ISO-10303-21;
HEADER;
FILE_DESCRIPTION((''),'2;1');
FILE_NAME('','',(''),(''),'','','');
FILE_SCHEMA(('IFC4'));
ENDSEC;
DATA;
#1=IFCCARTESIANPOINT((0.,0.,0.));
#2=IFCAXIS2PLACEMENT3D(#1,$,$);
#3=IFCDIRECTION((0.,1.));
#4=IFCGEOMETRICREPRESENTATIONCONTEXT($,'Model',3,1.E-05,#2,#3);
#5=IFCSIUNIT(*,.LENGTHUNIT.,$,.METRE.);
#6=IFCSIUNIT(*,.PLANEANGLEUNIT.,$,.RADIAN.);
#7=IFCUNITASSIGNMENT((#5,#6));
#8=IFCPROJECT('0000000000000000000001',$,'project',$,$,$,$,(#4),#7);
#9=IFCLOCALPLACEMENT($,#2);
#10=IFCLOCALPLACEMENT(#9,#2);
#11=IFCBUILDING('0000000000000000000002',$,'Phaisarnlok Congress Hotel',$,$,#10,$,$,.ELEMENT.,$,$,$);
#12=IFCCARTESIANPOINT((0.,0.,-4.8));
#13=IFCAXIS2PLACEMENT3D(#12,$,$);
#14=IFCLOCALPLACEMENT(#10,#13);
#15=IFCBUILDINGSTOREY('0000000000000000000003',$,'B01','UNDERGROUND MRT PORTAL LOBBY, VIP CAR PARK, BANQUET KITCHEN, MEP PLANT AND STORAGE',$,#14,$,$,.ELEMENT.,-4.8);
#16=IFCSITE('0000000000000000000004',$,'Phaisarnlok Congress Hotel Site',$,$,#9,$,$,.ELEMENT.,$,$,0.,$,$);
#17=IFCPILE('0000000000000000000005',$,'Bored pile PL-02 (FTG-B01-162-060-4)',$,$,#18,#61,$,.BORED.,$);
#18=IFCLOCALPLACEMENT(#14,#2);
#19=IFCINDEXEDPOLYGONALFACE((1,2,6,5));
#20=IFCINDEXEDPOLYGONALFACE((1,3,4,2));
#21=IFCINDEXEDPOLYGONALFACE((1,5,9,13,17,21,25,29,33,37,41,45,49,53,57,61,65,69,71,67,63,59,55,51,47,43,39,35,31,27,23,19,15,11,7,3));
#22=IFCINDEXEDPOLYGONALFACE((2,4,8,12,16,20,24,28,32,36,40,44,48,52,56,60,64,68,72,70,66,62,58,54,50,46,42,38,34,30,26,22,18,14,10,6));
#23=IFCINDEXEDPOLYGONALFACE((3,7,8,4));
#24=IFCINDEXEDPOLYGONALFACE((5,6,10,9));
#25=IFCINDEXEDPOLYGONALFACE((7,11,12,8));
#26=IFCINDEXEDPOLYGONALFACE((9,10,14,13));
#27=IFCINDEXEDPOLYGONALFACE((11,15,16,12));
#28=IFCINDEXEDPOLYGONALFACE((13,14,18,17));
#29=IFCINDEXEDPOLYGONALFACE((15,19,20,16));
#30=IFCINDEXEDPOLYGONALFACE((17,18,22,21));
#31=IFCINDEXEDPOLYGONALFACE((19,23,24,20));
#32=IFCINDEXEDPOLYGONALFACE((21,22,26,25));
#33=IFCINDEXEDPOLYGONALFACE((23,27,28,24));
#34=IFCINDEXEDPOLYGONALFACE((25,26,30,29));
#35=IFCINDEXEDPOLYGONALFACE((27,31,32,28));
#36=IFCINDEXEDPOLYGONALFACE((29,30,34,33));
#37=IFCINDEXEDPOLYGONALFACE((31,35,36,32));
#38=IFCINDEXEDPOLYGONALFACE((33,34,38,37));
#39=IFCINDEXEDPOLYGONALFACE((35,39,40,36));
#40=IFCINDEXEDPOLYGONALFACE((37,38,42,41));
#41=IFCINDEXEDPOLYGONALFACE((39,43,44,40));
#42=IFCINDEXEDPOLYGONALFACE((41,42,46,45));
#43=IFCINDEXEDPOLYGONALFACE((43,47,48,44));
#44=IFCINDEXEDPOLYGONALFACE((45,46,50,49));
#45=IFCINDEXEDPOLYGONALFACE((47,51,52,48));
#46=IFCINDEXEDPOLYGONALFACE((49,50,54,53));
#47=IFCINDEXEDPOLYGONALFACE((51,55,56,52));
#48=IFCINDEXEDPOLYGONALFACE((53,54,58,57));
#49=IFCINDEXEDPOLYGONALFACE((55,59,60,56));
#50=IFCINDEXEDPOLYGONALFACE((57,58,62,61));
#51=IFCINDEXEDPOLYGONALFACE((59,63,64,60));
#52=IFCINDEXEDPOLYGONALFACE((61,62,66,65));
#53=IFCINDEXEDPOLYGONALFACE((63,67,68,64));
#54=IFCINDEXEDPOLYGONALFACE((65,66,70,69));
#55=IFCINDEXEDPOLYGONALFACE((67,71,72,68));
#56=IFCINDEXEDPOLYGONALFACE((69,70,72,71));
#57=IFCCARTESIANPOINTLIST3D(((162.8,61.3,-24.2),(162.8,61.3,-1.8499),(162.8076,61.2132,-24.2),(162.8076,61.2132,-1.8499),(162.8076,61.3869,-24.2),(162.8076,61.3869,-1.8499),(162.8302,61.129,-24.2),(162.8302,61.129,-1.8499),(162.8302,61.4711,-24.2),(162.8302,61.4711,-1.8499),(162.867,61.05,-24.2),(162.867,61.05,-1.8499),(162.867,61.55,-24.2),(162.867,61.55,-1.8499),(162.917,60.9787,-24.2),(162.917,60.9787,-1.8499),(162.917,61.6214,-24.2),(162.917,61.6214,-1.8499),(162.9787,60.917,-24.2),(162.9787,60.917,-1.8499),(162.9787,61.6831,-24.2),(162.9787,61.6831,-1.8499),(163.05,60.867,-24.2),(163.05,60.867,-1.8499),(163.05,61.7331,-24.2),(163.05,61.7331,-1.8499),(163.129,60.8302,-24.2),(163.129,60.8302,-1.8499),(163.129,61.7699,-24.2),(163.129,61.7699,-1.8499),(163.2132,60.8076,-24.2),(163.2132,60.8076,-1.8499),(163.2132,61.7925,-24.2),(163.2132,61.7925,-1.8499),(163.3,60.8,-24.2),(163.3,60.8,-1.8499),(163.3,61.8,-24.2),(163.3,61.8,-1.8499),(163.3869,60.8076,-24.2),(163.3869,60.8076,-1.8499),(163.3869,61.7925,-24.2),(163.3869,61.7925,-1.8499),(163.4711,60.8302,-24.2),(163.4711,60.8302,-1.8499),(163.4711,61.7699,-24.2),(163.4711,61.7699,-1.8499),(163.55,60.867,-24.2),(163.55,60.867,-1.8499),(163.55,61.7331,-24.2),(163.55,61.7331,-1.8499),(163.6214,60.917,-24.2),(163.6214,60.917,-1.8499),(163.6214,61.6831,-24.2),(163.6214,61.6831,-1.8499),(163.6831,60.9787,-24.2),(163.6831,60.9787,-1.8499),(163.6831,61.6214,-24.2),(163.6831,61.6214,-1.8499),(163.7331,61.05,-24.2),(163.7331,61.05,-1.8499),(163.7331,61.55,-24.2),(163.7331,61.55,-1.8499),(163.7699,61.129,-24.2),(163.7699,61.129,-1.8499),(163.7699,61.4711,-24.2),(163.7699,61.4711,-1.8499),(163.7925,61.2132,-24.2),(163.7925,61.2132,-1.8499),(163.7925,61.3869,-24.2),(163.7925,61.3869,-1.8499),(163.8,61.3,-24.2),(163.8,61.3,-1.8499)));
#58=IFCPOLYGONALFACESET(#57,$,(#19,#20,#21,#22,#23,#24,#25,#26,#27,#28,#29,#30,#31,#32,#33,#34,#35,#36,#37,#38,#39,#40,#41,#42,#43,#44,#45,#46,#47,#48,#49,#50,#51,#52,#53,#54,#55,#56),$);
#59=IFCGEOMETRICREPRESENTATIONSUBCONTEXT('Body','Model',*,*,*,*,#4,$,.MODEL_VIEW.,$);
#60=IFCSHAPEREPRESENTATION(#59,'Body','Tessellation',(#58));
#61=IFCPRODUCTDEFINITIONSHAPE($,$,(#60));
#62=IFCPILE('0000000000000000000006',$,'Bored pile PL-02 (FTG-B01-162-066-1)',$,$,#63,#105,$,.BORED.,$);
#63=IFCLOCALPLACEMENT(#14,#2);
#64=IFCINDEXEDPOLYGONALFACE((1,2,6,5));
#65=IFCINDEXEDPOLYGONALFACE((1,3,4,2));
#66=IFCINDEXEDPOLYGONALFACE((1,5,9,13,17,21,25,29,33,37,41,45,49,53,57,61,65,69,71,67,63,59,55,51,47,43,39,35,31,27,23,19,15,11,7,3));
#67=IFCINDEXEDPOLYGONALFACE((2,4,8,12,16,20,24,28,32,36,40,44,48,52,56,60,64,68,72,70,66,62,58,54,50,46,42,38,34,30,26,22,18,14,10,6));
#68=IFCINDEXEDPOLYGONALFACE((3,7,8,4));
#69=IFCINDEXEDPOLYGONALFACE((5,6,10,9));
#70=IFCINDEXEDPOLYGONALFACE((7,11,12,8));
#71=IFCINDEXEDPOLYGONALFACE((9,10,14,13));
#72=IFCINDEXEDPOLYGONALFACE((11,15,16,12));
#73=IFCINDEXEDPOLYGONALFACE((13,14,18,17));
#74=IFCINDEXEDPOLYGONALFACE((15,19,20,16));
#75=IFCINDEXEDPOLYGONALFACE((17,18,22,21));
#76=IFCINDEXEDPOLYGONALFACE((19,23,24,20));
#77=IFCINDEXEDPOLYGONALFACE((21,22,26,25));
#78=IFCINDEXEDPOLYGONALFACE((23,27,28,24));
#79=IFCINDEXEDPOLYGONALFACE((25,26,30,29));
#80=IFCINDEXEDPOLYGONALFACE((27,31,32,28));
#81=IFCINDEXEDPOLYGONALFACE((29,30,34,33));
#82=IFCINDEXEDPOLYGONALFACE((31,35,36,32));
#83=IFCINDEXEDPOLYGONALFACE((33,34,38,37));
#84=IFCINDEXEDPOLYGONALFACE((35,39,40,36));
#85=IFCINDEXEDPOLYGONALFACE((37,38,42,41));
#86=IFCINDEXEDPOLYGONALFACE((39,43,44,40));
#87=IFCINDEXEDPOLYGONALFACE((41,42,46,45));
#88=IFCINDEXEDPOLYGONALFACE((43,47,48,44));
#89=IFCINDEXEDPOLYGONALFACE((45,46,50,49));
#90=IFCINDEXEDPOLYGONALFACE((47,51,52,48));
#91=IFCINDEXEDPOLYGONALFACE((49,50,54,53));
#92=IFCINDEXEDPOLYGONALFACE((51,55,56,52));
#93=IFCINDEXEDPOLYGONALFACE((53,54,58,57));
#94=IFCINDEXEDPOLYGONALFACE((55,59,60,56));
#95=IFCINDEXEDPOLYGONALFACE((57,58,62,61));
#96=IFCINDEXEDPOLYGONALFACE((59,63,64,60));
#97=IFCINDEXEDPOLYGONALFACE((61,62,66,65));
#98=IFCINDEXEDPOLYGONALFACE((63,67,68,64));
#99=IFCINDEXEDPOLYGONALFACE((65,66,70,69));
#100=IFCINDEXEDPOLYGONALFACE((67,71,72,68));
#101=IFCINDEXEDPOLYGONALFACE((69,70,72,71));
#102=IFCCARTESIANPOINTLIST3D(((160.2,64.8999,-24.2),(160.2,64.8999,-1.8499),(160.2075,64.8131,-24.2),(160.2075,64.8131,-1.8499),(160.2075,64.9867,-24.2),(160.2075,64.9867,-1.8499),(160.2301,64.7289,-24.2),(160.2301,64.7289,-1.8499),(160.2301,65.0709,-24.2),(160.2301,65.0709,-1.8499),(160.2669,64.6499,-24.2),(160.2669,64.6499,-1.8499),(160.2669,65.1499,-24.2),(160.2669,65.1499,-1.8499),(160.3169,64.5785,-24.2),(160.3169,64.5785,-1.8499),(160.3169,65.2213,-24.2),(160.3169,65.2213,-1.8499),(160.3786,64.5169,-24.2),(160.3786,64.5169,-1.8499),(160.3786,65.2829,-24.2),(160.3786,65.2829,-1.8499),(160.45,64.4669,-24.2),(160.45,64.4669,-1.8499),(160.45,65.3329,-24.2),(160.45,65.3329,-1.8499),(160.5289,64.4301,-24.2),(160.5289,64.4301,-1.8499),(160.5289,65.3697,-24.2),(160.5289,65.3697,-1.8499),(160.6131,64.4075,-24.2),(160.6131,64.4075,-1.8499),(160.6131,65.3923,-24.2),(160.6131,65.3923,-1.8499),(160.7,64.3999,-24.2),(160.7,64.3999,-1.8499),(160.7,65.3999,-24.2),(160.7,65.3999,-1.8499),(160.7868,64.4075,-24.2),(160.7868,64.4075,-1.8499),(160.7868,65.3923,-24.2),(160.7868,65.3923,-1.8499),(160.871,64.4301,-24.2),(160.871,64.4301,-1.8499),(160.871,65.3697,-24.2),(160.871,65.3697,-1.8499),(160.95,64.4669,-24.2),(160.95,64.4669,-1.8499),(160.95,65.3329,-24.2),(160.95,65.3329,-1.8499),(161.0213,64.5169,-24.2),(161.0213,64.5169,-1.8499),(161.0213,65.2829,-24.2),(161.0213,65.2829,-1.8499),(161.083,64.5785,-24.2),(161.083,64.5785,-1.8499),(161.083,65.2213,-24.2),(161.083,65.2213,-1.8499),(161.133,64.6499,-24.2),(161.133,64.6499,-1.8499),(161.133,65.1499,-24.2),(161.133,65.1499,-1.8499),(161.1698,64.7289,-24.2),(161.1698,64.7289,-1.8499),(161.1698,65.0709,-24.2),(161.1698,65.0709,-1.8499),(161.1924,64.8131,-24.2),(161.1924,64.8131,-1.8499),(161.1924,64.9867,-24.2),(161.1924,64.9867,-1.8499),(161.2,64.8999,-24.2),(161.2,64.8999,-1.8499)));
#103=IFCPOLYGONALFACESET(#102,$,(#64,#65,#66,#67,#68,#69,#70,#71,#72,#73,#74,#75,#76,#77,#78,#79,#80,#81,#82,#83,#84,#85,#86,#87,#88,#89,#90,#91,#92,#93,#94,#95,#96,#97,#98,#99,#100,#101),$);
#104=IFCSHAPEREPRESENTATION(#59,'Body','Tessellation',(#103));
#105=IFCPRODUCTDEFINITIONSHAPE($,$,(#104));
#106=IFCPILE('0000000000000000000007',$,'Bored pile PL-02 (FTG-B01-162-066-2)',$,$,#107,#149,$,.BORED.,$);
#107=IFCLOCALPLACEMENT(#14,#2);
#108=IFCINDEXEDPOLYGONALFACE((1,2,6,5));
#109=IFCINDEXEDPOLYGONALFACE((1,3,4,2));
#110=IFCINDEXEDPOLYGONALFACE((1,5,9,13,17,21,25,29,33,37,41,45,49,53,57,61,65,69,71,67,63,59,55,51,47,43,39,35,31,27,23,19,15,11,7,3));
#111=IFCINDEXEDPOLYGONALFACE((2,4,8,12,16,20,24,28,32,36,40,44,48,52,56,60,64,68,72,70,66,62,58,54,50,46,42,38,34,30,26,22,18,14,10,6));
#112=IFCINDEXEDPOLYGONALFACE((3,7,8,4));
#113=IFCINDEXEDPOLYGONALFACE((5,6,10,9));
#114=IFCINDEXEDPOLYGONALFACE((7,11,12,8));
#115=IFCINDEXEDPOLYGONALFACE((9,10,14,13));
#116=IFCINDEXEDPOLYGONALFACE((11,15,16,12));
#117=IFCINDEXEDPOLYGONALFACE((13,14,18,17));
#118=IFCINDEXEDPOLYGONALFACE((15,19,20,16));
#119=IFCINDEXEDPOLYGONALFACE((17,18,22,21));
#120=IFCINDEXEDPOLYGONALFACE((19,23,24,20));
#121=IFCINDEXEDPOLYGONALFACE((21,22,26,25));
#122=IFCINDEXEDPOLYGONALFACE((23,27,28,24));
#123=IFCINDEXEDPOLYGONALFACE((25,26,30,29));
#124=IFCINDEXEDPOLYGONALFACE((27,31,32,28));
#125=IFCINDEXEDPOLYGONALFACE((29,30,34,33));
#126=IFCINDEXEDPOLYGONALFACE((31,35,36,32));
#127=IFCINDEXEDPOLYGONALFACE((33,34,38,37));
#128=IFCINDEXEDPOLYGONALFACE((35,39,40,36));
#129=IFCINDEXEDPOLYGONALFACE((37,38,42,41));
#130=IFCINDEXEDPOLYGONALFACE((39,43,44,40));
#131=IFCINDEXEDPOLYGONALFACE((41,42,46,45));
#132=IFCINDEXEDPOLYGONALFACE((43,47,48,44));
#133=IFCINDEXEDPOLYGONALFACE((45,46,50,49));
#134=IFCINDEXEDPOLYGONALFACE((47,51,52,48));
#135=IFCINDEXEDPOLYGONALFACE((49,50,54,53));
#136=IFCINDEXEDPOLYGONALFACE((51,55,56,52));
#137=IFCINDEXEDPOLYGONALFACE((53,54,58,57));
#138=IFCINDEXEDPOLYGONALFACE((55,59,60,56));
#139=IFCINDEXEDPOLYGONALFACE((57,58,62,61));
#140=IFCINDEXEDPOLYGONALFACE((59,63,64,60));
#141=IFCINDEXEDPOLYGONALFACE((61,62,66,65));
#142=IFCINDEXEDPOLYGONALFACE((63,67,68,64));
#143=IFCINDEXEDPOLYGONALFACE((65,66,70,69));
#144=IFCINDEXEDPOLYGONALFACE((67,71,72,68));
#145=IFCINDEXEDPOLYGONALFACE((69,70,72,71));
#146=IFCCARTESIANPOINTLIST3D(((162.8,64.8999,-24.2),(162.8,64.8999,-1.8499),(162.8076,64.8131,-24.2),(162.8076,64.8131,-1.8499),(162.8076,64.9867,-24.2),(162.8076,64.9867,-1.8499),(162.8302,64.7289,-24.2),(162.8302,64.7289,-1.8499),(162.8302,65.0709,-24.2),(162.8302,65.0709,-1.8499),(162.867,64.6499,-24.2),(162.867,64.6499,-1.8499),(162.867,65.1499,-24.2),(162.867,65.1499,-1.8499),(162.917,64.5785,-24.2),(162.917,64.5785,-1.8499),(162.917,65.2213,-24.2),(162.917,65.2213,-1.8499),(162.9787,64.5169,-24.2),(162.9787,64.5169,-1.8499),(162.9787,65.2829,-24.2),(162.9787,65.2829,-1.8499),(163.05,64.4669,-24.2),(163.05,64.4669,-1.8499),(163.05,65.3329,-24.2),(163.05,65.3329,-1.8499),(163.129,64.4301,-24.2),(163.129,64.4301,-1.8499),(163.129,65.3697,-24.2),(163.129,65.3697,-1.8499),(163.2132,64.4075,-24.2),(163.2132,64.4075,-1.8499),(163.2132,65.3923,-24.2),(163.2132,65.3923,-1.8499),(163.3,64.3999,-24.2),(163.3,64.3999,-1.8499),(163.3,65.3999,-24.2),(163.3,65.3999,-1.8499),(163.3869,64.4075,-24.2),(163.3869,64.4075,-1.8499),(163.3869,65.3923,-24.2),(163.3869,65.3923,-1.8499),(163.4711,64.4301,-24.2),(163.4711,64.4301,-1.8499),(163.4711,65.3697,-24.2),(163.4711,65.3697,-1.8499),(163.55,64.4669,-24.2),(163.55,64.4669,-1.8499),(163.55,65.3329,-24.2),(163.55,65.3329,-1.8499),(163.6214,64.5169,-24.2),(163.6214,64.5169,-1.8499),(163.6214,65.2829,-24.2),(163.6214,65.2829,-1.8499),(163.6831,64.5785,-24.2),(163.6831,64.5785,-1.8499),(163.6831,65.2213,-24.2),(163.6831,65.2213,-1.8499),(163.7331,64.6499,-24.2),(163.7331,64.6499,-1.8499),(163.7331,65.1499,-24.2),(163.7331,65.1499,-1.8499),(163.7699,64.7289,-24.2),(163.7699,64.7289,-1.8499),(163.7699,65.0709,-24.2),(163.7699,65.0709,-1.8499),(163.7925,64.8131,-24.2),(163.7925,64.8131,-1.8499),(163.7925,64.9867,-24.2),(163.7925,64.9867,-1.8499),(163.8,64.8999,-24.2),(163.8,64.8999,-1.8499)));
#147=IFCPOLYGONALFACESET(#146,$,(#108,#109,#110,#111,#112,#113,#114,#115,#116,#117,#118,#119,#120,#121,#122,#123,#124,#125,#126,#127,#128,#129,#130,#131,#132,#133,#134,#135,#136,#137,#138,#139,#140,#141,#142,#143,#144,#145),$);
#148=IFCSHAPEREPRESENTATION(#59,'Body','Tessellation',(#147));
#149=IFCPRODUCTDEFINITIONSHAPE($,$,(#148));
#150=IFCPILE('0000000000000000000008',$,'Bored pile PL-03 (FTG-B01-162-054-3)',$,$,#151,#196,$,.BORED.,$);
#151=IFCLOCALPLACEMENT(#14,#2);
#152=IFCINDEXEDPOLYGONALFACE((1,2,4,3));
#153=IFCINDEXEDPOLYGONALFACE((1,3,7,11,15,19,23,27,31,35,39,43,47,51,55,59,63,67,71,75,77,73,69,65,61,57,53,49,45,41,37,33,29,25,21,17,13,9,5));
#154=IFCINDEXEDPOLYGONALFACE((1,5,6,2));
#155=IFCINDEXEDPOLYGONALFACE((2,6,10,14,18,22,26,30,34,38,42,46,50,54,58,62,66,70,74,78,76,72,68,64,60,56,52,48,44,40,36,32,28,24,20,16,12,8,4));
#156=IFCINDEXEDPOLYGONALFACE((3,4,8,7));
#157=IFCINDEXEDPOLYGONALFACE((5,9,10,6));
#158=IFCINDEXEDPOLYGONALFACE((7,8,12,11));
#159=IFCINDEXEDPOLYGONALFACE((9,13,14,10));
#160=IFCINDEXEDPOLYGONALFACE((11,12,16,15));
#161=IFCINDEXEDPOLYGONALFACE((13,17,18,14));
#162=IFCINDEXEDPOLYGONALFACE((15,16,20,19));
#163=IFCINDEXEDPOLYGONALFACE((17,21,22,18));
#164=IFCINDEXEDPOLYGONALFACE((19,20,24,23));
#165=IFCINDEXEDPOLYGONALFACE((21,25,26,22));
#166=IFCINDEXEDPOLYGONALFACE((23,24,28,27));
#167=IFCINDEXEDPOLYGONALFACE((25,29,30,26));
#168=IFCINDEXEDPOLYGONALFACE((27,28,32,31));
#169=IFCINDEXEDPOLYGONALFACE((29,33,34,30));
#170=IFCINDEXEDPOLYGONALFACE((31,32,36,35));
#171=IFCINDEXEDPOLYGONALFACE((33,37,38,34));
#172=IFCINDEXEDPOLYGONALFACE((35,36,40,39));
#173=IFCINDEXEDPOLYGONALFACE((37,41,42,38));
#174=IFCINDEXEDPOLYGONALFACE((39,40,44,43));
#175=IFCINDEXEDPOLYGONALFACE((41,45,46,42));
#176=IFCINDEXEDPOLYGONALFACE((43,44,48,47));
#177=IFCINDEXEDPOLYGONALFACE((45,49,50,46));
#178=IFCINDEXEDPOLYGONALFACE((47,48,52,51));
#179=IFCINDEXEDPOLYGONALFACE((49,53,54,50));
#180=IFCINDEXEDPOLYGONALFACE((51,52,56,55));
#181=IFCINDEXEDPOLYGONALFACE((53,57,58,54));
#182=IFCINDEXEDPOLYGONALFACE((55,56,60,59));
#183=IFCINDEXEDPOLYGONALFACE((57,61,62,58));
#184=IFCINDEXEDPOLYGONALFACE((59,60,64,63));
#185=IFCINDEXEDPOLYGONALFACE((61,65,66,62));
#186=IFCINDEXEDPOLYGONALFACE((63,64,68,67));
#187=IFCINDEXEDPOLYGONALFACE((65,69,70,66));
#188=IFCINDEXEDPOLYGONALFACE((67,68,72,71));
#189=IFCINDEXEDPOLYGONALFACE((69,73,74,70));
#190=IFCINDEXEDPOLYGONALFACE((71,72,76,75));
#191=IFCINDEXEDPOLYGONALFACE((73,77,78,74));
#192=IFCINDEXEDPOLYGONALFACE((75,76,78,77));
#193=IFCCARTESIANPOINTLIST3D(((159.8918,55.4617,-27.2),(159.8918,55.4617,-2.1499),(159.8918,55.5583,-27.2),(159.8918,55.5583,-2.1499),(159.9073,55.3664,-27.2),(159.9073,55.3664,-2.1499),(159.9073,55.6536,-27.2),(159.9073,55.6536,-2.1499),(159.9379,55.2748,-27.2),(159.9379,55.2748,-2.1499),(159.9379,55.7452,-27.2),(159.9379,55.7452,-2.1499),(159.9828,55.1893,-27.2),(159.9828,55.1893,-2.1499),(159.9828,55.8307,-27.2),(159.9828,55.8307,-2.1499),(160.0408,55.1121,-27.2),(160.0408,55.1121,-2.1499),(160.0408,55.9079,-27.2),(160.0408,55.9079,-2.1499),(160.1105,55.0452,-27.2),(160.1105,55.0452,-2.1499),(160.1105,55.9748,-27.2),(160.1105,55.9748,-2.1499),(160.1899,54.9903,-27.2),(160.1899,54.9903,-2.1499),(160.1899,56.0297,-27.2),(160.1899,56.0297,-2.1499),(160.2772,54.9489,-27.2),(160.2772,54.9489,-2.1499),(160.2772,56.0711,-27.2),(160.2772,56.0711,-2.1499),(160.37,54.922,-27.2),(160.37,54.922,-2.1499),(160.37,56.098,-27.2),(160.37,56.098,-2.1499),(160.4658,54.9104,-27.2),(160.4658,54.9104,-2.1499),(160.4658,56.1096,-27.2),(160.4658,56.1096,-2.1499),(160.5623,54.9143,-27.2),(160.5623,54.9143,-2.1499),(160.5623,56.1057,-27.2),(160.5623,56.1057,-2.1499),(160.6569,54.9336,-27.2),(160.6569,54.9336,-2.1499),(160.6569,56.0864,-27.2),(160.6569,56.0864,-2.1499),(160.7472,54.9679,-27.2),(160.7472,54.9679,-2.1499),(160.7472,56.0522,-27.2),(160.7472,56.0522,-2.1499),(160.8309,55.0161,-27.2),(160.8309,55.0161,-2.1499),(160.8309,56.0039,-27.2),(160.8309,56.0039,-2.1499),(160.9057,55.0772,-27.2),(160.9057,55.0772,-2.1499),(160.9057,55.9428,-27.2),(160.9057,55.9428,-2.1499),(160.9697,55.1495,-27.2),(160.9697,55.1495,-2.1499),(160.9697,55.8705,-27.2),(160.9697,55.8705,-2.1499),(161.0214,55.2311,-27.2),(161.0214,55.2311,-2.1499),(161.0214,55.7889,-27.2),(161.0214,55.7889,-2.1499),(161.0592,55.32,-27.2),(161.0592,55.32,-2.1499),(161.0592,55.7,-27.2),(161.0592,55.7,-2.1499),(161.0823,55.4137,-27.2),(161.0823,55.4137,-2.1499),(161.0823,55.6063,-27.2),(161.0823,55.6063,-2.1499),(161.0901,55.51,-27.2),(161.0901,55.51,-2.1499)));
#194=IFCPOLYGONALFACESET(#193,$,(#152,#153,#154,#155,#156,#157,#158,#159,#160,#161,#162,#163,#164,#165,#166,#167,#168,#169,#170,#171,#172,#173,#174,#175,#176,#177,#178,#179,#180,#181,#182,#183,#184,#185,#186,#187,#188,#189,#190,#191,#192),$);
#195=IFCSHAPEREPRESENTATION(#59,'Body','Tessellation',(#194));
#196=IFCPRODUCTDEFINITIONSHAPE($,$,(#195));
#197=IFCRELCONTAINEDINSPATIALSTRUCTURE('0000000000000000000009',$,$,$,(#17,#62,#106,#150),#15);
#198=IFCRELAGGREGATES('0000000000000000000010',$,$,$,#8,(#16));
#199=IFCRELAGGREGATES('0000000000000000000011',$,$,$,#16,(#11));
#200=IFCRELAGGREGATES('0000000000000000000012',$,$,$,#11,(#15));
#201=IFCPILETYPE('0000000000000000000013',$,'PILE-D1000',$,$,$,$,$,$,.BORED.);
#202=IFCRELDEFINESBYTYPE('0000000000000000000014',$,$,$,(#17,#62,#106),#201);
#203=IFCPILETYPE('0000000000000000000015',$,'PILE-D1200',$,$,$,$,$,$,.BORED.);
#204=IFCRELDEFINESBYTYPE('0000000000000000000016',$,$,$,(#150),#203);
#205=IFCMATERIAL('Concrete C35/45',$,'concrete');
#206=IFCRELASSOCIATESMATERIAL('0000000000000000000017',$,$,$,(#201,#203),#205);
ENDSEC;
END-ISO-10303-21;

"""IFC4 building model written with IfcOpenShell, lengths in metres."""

from ifc_helpers import new_model, si_unit, direction, frame, origin, origin_2d, place, context, subcontext, project, spatial, circle, extrude, material, material_profile, profile_set, type_object, element, save


model = new_model("IFC4")

# Units and contexts
model_context = context("Model", 3, precision=1e-05, world=origin(), true_north=direction((0.0, 1.0)))
body_context = subcontext(model_context, "Body", "Model", "MODEL_VIEW")
ifc_project = project(units=[si_unit("LENGTHUNIT", "METRE"), si_unit("PLANEANGLEUNIT", "RADIAN")], contexts=[model_context])

# Site, building, storey
site_placement = place(None, origin())
site = spatial("IfcSite", under=ifc_project, at=site_placement, Name="Phaisarnlok Congress Hotel Site", CompositionType="ELEMENT", RefElevation=0.0)
building_placement = place(site_placement, origin())
building = spatial("IfcBuilding", under=site, at=building_placement, Name="Phaisarnlok Congress Hotel", CompositionType="ELEMENT")
storey_placement = place(building_placement, frame((0.0, 0.0, -4.8)))
storey = spatial("IfcBuildingStorey", under=building, at=storey_placement, Name="B01", Description="UNDERGROUND MRT PORTAL LOBBY, VIP CAR PARK, BANQUET KITCHEN, MEP PLANT AND STORAGE", CompositionType="ELEMENT", Elevation=-4.8)

# Piles
ifc_material_1 = material(Name="Concrete C35/45", Category="concrete")
ifc_material_profile_1 = material_profile(ifc_material_1, circle(Radius=0.5, at=origin_2d()), Name="BORED PILE D1000")
ifc_profile_set_1 = profile_set([ifc_material_profile_1], Name="Concrete C35/45")
pile_type_1 = type_object("IfcPileType", Name="PILE-D1000", PredefinedType="BORED", material=ifc_profile_set_1)
for number, where, z_axis, x_axis, name in (
    (1, (163.3, 61.3, -1.8499), (0.0, 0.0, -1.0), (1.0, 0.0, 0.0), "Bored pile PL-02 (FTG-B01-162-060-4)"),
    (2, (160.7, 64.8999, -1.8499), (0.0, 0.0, -1.0), (1.0, 0.0, 0.0), "Bored pile PL-02 (FTG-B01-162-066-1)"),
    (3, (163.3, 64.8999, -1.8499), (0.0, 0.0, -1.0), (1.0, 0.0, 0.0), "Bored pile PL-02 (FTG-B01-162-066-2)"),
):
    element("IfcPile", number, at=place(storey_placement, frame(where, z_axis=z_axis, x_axis=x_axis)), inside=storey, type_object=pile_type_1, Name=name, PredefinedType="BORED", context=body_context, shape_type="SweptSolid", body=[
        extrude(circle(Radius=0.5, at=origin_2d()), origin(), (0.0, 0.0, 1.0), 22.3501),
    ])
ifc_material_profile_2 = material_profile(ifc_material_1, circle(Radius=0.6001, at=origin_2d()), Name="BORED PILE D1200")
ifc_profile_set_2 = profile_set([ifc_material_profile_2], Name="Concrete C35/45")
pile_type_2 = type_object("IfcPileType", Name="PILE-D1200", PredefinedType="BORED", material=ifc_profile_set_2)
for number, where, z_axis, x_axis, name in (
    (4, (160.49, 55.51, -2.1499), (0.0, 0.0, -1.0), (1.0, 0.0, 0.0), "Bored pile PL-03 (FTG-B01-162-054-3)"),
):
    element("IfcPile", number, at=place(storey_placement, frame(where, z_axis=z_axis, x_axis=x_axis)), inside=storey, type_object=pile_type_2, Name=name, PredefinedType="BORED", context=body_context, shape_type="SweptSolid", body=[
        extrude(circle(Radius=0.6001, at=origin_2d()), origin(), (0.0, 0.0, 1.0), 25.05),
    ])

save(model, "model.ifc")
